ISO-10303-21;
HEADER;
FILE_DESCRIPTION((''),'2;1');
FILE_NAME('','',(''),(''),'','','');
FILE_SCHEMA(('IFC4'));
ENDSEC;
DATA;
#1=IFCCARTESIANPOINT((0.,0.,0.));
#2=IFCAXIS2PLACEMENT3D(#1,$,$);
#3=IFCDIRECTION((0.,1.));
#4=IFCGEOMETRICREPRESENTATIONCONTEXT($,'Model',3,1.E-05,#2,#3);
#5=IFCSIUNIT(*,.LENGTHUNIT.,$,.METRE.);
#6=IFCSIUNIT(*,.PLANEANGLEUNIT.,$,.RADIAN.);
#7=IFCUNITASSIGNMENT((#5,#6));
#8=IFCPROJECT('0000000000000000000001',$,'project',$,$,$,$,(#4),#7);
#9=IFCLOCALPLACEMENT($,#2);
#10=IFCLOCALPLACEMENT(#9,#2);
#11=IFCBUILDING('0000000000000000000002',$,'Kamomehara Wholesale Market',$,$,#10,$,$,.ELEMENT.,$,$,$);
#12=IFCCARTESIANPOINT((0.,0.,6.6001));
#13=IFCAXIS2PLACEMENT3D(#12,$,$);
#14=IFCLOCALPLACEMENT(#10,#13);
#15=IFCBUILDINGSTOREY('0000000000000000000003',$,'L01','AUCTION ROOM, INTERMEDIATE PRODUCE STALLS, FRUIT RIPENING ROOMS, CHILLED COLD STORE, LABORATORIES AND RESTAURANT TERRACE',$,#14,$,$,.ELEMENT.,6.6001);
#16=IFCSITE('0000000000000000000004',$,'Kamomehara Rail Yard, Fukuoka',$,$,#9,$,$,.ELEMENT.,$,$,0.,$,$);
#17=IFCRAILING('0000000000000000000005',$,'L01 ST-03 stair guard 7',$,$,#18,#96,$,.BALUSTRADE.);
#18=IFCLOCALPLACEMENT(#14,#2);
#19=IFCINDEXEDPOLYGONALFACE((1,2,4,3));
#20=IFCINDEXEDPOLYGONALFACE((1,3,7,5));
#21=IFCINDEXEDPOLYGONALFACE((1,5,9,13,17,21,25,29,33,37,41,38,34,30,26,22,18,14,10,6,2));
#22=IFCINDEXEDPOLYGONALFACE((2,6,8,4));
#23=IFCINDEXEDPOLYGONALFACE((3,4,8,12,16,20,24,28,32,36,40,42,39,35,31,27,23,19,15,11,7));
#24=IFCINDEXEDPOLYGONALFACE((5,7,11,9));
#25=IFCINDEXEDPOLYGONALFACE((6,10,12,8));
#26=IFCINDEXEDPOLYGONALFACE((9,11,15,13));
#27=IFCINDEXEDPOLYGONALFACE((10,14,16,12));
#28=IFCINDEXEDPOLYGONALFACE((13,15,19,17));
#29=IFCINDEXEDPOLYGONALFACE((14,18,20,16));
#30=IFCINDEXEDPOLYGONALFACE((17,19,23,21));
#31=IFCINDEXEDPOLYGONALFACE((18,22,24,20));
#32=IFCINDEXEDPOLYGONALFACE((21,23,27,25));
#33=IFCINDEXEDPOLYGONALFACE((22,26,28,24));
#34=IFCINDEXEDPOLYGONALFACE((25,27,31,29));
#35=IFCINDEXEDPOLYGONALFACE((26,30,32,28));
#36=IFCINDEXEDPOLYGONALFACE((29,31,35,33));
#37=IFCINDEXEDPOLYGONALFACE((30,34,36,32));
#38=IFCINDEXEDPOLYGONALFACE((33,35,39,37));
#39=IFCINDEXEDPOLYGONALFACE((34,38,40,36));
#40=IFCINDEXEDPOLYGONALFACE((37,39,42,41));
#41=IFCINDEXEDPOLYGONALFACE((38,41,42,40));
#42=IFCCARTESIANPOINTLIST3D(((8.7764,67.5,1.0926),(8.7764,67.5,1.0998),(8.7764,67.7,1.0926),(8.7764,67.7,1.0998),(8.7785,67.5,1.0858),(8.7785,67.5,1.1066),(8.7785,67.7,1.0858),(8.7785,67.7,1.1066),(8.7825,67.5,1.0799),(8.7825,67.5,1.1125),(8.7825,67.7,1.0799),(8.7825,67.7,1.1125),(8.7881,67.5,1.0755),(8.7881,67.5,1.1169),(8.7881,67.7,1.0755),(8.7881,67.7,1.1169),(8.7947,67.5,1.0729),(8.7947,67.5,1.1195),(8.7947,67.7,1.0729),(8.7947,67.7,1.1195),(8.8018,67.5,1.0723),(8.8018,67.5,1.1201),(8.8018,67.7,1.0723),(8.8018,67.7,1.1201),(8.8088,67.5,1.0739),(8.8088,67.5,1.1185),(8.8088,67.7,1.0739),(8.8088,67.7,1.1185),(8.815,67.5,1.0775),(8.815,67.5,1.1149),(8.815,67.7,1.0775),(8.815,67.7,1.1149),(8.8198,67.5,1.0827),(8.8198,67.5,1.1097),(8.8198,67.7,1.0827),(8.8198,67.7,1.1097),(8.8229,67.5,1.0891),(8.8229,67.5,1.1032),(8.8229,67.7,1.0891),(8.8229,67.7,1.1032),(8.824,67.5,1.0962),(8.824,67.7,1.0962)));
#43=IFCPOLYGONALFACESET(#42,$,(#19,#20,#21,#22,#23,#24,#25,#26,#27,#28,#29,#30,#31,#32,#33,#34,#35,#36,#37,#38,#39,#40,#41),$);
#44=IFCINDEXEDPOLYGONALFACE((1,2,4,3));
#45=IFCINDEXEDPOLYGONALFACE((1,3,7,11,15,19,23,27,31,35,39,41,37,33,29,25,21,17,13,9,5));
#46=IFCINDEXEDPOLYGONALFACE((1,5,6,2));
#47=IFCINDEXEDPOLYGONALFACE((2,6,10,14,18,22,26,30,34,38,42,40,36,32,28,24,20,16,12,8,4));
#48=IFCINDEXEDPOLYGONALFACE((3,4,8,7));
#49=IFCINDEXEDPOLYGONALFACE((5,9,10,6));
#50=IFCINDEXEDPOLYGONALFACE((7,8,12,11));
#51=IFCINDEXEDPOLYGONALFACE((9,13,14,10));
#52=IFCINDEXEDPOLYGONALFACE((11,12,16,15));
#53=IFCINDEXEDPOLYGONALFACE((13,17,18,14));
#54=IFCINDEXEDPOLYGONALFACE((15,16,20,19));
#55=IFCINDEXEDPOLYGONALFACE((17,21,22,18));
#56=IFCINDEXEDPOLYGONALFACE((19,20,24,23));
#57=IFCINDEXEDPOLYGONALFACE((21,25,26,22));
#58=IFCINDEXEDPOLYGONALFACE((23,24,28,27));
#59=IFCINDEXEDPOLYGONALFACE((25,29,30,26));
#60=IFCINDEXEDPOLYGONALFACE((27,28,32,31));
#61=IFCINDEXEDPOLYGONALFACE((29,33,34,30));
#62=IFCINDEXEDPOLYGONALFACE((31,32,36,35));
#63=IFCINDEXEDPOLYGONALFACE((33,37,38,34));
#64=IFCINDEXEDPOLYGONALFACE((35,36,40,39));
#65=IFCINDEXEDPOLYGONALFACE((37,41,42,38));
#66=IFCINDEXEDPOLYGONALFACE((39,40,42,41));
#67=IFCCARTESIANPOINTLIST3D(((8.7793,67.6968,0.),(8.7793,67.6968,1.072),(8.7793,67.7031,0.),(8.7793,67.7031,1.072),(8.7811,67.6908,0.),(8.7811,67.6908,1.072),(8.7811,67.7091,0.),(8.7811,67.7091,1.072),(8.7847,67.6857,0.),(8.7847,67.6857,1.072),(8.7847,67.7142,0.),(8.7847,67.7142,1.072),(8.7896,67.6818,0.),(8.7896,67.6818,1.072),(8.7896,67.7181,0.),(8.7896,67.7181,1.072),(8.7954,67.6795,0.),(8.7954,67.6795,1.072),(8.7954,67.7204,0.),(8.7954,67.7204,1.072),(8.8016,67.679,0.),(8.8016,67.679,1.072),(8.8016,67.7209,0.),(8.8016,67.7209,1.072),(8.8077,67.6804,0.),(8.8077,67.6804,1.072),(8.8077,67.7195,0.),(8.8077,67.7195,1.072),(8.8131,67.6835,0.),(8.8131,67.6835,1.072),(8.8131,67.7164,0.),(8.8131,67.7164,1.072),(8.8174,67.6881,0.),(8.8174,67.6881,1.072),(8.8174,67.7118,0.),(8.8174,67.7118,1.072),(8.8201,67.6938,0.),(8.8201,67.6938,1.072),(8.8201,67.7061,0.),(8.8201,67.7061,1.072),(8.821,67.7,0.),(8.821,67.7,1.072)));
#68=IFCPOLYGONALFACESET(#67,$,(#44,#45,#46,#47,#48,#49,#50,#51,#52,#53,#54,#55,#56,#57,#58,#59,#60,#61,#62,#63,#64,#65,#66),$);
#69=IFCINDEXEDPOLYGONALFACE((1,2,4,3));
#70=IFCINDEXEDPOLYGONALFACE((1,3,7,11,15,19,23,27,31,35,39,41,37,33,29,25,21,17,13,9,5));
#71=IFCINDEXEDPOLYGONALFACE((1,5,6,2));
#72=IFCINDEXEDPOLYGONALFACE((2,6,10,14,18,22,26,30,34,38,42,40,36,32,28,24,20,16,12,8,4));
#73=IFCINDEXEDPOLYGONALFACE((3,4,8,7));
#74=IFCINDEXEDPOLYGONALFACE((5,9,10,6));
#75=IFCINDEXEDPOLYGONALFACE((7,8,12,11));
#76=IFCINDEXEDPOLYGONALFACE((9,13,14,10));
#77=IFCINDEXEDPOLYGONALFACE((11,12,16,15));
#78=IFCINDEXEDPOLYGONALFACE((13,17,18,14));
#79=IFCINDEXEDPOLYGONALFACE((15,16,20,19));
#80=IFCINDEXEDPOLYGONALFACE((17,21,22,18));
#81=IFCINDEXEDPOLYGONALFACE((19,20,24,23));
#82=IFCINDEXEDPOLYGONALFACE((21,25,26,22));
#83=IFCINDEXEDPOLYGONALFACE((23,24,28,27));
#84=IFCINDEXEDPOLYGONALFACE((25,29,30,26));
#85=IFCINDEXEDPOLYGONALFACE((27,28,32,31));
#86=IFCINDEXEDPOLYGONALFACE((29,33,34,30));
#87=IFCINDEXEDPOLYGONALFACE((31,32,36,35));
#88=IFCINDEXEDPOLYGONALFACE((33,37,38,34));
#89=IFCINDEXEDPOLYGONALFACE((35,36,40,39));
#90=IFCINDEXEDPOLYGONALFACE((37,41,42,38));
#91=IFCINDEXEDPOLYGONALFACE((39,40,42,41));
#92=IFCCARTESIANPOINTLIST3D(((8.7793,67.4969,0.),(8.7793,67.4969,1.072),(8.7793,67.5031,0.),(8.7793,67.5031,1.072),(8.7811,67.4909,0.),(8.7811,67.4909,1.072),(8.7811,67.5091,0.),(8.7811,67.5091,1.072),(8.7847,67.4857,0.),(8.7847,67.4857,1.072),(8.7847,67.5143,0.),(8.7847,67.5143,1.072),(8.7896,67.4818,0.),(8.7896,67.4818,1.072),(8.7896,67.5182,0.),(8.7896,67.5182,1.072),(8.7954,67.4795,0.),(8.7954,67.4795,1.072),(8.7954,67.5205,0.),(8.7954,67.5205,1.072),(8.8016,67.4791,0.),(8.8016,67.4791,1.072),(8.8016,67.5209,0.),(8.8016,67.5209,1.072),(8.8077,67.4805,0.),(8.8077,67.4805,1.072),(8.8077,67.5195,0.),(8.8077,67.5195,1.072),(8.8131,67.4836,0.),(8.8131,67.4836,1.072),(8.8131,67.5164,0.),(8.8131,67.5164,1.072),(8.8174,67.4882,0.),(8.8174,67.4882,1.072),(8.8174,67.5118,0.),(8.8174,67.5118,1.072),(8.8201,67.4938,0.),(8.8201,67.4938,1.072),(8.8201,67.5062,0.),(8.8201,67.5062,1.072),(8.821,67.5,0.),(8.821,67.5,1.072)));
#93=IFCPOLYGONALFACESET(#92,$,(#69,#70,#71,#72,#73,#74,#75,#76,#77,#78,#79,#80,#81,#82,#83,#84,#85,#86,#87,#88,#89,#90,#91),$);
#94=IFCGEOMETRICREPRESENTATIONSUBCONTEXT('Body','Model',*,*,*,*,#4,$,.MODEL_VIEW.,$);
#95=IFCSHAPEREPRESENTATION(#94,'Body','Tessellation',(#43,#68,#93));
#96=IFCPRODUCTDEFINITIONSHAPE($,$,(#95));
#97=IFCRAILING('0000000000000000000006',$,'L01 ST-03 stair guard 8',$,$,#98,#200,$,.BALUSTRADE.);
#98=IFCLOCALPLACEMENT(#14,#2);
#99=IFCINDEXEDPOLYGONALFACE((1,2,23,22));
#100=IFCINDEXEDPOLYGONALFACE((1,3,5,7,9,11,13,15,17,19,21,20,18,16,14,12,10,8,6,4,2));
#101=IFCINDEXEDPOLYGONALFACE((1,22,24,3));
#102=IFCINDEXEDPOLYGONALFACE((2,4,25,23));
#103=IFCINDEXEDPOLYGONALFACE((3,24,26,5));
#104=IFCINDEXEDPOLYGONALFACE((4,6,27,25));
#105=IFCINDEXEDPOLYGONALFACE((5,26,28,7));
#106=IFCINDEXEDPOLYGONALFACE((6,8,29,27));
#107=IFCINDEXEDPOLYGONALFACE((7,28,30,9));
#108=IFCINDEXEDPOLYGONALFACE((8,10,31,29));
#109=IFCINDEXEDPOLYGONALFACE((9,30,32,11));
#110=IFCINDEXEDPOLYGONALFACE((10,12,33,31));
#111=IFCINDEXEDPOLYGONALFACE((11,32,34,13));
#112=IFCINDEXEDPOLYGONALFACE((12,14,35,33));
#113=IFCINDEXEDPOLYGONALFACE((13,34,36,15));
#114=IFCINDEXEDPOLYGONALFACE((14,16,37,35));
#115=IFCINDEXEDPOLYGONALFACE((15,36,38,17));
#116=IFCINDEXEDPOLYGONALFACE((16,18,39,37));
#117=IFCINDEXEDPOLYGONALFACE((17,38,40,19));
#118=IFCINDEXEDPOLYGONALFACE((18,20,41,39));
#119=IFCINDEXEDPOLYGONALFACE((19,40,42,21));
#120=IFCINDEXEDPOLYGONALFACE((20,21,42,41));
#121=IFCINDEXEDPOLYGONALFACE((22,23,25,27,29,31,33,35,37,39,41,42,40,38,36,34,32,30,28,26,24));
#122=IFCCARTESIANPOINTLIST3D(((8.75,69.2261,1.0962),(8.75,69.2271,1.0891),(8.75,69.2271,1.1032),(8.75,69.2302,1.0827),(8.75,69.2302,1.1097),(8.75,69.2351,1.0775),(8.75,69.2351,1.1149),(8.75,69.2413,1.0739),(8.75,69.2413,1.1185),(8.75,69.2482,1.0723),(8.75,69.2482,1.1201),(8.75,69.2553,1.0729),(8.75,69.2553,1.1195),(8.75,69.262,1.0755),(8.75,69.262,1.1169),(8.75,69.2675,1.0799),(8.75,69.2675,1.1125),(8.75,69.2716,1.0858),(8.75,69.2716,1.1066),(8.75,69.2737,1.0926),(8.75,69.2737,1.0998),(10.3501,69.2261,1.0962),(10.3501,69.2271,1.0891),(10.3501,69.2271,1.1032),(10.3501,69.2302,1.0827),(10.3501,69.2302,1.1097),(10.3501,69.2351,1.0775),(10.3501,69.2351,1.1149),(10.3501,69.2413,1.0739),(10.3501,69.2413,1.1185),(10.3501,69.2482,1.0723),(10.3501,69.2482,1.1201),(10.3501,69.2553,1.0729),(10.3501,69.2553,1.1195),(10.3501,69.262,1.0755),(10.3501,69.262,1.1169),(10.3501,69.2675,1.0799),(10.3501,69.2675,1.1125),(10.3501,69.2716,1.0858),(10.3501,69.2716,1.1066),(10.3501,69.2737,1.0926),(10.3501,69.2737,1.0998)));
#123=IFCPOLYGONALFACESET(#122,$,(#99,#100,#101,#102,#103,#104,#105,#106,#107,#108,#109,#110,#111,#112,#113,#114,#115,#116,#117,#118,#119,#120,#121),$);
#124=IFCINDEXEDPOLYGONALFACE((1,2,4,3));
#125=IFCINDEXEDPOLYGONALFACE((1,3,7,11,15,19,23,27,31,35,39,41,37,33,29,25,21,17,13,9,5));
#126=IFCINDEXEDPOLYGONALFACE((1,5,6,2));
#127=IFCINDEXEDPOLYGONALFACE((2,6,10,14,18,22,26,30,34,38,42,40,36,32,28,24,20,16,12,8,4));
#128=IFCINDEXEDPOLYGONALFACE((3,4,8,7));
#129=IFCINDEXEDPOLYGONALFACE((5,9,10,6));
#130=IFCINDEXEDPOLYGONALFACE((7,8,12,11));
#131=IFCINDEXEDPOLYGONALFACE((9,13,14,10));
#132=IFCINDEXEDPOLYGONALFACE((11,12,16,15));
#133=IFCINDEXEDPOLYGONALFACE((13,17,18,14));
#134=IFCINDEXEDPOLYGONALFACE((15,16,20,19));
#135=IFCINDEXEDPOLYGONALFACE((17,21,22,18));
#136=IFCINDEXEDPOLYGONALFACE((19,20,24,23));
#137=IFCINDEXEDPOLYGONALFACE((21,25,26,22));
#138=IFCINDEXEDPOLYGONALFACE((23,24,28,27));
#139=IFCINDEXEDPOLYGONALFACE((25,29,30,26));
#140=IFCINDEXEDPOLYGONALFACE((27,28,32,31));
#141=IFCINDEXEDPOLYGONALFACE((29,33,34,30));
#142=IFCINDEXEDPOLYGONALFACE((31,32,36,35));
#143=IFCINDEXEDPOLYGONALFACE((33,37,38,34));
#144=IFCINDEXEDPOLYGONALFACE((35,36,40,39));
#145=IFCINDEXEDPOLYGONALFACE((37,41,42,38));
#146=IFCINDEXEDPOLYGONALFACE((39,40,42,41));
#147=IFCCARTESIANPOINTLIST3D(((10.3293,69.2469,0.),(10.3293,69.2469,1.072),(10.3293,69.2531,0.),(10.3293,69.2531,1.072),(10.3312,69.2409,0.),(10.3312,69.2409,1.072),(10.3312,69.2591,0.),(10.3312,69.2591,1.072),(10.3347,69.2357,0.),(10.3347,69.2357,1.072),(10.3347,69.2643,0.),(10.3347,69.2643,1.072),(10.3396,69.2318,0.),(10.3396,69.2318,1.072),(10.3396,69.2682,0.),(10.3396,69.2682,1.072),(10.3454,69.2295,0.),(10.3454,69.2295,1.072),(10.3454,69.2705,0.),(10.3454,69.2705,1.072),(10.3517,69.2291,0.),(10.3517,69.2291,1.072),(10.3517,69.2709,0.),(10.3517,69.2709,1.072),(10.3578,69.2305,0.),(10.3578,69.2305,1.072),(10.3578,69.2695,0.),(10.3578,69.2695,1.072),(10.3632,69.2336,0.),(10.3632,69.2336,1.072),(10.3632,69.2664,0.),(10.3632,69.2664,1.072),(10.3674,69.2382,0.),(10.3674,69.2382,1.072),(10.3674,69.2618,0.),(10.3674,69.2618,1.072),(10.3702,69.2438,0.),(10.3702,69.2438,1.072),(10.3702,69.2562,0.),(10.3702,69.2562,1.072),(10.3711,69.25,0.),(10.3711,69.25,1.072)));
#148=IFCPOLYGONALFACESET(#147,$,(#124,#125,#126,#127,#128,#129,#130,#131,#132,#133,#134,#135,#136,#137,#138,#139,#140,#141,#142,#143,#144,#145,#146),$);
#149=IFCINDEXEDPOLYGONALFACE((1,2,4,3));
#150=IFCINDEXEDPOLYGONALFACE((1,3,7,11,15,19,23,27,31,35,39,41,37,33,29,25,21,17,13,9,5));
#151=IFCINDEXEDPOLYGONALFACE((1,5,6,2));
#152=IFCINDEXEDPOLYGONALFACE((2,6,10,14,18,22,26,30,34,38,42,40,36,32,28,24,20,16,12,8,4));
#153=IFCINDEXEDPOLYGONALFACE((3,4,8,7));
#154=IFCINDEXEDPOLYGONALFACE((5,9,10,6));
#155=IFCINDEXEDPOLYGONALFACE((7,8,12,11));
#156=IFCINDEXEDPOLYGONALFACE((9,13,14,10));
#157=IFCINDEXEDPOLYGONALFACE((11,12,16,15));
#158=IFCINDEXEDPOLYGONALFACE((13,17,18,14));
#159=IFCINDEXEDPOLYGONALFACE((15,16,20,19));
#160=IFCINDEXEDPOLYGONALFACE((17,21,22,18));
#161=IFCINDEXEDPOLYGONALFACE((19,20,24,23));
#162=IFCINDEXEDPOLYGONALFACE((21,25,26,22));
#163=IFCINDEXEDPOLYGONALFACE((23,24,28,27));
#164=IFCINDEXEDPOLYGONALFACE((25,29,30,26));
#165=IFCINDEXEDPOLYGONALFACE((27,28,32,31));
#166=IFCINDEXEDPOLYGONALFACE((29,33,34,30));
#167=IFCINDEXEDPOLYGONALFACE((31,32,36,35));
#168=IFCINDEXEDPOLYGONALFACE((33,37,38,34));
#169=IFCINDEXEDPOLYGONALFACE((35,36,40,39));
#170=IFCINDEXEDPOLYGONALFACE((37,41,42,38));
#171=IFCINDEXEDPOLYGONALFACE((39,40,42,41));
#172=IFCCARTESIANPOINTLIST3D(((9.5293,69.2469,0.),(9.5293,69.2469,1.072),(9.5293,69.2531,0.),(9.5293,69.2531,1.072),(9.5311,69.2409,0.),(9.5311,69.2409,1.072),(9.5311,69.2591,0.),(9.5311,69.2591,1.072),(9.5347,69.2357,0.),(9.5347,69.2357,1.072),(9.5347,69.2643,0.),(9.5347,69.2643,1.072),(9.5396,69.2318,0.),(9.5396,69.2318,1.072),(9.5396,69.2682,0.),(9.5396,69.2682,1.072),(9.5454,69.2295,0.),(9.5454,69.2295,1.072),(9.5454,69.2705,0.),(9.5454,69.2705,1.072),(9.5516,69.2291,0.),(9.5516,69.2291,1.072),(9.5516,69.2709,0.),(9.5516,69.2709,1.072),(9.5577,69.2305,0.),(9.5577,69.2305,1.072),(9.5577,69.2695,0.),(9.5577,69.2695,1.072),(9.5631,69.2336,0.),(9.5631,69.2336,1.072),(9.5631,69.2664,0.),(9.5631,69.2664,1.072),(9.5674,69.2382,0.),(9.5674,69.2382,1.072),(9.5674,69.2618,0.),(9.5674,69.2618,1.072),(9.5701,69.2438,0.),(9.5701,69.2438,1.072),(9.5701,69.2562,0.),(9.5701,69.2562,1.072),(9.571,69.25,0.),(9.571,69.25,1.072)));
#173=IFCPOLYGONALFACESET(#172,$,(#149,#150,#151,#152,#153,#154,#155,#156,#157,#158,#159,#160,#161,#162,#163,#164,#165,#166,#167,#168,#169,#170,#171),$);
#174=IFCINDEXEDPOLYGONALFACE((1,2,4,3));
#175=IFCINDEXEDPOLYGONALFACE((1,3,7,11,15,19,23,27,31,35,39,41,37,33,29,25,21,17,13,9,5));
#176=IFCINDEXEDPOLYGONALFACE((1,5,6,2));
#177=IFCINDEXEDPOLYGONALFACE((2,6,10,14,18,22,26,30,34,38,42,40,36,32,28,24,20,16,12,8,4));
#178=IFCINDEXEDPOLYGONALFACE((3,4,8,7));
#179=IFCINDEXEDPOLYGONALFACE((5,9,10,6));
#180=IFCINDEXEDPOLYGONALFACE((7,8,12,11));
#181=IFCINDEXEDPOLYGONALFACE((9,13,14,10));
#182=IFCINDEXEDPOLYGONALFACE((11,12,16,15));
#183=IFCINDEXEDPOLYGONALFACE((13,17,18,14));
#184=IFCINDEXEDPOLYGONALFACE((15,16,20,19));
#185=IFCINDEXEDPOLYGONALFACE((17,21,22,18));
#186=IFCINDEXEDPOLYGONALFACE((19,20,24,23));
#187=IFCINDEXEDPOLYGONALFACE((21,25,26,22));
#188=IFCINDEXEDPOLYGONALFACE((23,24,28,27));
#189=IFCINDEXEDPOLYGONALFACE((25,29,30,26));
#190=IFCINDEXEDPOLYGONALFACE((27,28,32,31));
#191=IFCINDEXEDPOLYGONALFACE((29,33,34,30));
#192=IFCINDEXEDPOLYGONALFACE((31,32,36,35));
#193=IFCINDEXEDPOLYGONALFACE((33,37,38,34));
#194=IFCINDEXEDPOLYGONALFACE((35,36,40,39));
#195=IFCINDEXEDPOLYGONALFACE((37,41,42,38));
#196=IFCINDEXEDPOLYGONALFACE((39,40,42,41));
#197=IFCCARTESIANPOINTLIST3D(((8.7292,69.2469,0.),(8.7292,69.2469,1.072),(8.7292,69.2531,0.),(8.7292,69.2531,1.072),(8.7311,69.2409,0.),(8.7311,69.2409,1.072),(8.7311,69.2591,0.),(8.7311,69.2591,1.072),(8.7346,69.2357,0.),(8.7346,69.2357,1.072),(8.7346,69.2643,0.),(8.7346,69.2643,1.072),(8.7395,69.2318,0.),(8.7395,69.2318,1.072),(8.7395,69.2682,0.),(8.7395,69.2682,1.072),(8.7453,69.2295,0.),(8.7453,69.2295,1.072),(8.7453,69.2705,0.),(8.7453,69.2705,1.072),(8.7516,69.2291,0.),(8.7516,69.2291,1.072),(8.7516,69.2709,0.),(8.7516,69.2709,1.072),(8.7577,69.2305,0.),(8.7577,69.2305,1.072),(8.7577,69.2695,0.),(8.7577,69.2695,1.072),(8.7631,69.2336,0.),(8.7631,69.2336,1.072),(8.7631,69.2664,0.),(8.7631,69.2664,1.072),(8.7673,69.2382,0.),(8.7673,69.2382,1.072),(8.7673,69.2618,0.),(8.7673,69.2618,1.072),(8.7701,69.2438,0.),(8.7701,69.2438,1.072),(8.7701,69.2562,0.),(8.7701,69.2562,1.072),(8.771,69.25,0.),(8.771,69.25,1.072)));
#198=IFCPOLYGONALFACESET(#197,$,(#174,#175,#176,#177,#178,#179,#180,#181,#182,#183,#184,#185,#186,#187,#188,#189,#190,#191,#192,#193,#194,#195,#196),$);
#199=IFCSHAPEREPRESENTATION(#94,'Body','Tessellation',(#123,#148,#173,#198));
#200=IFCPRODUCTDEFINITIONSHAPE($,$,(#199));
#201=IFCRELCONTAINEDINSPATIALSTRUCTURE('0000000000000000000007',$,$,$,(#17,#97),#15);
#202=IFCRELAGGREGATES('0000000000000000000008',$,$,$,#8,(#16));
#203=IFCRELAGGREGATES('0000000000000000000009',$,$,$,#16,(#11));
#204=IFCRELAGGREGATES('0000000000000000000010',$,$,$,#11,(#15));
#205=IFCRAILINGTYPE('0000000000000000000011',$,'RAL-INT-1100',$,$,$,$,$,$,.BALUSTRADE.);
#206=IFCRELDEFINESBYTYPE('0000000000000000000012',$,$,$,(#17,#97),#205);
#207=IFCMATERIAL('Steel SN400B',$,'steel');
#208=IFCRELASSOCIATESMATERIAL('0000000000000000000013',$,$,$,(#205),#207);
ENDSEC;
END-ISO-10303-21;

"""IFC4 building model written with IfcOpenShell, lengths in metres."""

from ifc_helpers import new_model, si_unit, direction, frame, origin, origin_2d, place, context, subcontext, project, spatial, circle, extrude, material, type_object, element, save


model = new_model("IFC4")

# Units and contexts
model_context = context("Model", 3, precision=1e-05, world=origin(), true_north=direction((0.0, 1.0)))
body_context = subcontext(model_context, "Body", "Model", "MODEL_VIEW")
ifc_project = project(units=[si_unit("LENGTHUNIT", "METRE"), si_unit("PLANEANGLEUNIT", "RADIAN")], contexts=[model_context])

# Site, building, storey
site_placement = place(None, origin())
site = spatial("IfcSite", under=ifc_project, at=site_placement, Name="Kamomehara Rail Yard, Fukuoka", CompositionType="ELEMENT", RefElevation=0.0)
building_placement = place(site_placement, origin())
building = spatial("IfcBuilding", under=site, at=building_placement, Name="Kamomehara Wholesale Market", CompositionType="ELEMENT")
storey_placement = place(building_placement, frame((0.0, 0.0, 6.6001)))
storey = spatial("IfcBuildingStorey", under=building, at=storey_placement, Name="L01", Description="AUCTION ROOM, INTERMEDIATE PRODUCE STALLS, FRUIT RIPENING ROOMS, CHILLED COLD STORE, LABORATORIES AND RESTAURANT TERRACE", CompositionType="ELEMENT", Elevation=6.6001)

# Railings
ifc_material_1 = material(Name="Steel SN400B", Category="steel")
railing_type_1 = type_object("IfcRailingType", Name="RAL-INT-1100", PredefinedType="BALUSTRADE", material=ifc_material_1)
railing_1_placement = place(storey_placement, frame((8.8, 67.7, 0.0)))
element("IfcRailing", 1, at=railing_1_placement, inside=storey, type_object=railing_type_1, Name="L01 ST-03 stair guard 7", PredefinedType="BALUSTRADE", context=body_context, shape_type="SweptSolid", body=[
    extrude(circle(Radius=0.0239, at=origin_2d()), frame((0.0, 0.0, 1.0962), z_axis=(0.0, -1.0, 0.0), x_axis=(1.0, 0.0, 0.0)), (0.0, 0.0, 1.0), 0.2),
    extrude(circle(Radius=0.021, at=origin_2d()), origin(), (0.0, 0.0, 1.0), 1.072),
    extrude(circle(Radius=0.021, at=origin_2d()), frame((0.0, -0.2, 0.0)), (0.0, 0.0, 1.0), 1.072),
])
for number, where, name in (
    (2, (10.3501, 69.25, 0.0), "L01 ST-03 stair guard 8"),
):
    element("IfcRailing", number, at=place(storey_placement, frame(where)), inside=storey, type_object=railing_type_1, Name=name, PredefinedType="BALUSTRADE", context=body_context, shape_type="SweptSolid", body=[
        extrude(circle(Radius=0.0239, at=origin_2d()), frame((0.0, 0.0, 1.0962), z_axis=(-1.0, 0.0, 0.0), x_axis=(0.0, -1.0, 0.0)), (0.0, 0.0, 1.0), 1.6001),
        extrude(circle(Radius=0.021, at=origin_2d()), origin(), (0.0, 0.0, 1.0), 1.072),
        extrude(circle(Radius=0.021, at=origin_2d()), frame((-0.8, 0.0, 0.0)), (0.0, 0.0, 1.0), 1.072),
        extrude(circle(Radius=0.021, at=origin_2d()), frame((-1.6001, 0.0, 0.0)), (0.0, 0.0, 1.0), 1.072),
    ])

save(model, "model.ifc")
